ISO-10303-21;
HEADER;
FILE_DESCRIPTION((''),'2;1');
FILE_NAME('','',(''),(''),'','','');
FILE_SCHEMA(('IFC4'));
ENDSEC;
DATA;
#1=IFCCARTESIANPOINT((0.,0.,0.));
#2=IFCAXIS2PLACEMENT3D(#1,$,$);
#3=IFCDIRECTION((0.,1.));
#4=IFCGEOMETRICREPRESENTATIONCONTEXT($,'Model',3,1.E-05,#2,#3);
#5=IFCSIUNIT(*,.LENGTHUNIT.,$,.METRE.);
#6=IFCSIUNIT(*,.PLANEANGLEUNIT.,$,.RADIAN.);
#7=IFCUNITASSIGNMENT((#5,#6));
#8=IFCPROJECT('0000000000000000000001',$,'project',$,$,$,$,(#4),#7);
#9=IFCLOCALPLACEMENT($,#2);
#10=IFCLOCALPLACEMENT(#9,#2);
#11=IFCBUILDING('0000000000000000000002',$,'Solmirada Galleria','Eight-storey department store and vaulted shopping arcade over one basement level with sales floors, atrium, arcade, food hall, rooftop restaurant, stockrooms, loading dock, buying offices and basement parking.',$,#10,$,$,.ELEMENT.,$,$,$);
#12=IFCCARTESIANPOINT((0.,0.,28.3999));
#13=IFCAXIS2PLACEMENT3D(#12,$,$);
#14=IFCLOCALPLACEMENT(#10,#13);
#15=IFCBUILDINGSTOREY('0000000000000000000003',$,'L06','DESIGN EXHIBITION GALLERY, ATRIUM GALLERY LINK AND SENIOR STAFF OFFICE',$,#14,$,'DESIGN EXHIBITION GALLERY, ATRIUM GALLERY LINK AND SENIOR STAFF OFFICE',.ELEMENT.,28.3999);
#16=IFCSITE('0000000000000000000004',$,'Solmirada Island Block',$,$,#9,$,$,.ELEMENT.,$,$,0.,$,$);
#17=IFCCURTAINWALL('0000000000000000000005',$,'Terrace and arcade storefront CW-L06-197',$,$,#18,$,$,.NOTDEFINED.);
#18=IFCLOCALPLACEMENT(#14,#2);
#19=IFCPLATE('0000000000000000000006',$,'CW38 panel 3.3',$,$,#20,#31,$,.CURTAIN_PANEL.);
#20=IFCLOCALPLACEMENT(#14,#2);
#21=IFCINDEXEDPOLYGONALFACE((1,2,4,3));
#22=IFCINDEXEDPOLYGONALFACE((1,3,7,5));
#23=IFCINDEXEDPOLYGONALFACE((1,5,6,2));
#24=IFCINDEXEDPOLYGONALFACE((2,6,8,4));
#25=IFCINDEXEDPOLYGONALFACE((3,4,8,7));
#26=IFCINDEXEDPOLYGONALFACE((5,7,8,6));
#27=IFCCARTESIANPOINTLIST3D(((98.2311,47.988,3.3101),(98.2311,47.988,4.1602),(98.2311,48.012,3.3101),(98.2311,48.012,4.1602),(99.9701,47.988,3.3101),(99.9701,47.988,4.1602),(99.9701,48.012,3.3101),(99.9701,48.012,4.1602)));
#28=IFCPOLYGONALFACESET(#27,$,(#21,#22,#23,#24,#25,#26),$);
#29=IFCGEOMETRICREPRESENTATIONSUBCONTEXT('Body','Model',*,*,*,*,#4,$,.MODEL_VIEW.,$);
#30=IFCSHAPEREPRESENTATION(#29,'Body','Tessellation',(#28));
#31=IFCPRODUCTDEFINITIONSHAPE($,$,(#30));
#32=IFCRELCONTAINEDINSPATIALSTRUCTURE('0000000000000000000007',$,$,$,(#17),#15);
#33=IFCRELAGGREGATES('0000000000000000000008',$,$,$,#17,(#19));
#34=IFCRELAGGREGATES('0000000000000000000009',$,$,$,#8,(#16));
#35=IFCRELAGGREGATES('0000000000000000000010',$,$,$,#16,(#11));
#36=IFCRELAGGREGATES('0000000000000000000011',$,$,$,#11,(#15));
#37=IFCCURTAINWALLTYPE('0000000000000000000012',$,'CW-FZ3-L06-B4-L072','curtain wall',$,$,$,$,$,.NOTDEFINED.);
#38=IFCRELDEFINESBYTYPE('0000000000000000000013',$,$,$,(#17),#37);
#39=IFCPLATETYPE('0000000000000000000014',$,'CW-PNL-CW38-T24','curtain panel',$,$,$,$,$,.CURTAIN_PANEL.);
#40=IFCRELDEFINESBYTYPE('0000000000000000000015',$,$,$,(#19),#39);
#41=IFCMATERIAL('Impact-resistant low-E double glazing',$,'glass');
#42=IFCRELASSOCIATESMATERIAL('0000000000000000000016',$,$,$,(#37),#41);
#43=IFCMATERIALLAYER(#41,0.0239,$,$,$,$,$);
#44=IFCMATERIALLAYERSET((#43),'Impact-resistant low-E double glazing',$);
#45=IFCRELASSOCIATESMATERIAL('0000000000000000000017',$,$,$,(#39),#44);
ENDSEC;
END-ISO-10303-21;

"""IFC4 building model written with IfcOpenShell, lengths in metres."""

from ifc_helpers import new_model, si_unit, direction, frame, origin, origin_2d, place, context, subcontext, project, spatial, rectangle, extrude, material, layer, layer_set, type_object, element, aggregate, save


model = new_model("IFC4")

# Units and contexts
model_context = context("Model", 3, precision=1e-05, world=origin(), true_north=direction((0.0, 1.0)))
body_context = subcontext(model_context, "Body", "Model", "MODEL_VIEW")
ifc_project = project(units=[si_unit("LENGTHUNIT", "METRE"), si_unit("PLANEANGLEUNIT", "RADIAN")], contexts=[model_context])

# Site, building, storey
site_placement = place(None, origin())
site = spatial("IfcSite", under=ifc_project, at=site_placement, Name="Solmirada Island Block", CompositionType="ELEMENT", RefElevation=0.0)
building_placement = place(site_placement, origin())
building = spatial("IfcBuilding", under=site, at=building_placement, Name="Solmirada Galleria", Description="Eight-storey department store and vaulted shopping arcade over one basement level with sales floors, atrium, arcade, food hall, rooftop restaurant, stockrooms, loading dock, buying offices and basement parking.", CompositionType="ELEMENT")
storey_placement = place(building_placement, frame((0.0, 0.0, 28.3999)))
storey = spatial("IfcBuildingStorey", under=building, at=storey_placement, Name="L06", Description="DESIGN EXHIBITION GALLERY, ATRIUM GALLERY LINK AND SENIOR STAFF OFFICE", LongName="DESIGN EXHIBITION GALLERY, ATRIUM GALLERY LINK AND SENIOR STAFF OFFICE", CompositionType="ELEMENT", Elevation=28.3999)

# Shared definitions
ifc_material_1 = material(Name="Impact-resistant low-E double glazing", Category="glass")
curtain_wall_type = type_object("IfcCurtainWallType", Name="CW-FZ3-L06-B4-L072", Description="curtain wall", PredefinedType="NOTDEFINED", material=ifc_material_1)

# Curtain wall
curtain_wall_1_placement = place(storey_placement, origin())
curtain_wall_1 = element("IfcCurtainWall", 1, at=curtain_wall_1_placement, inside=storey, type_object=curtain_wall_type, Name="Terrace and arcade storefront CW-L06-197", PredefinedType="NOTDEFINED")

# Plate
ifc_layer = layer(ifc_material_1, 0.0239)
ifc_layer_set = layer_set([ifc_layer], Name="Impact-resistant low-E double glazing")
plate_type = type_object("IfcPlateType", Name="CW-PNL-CW38-T24", Description="curtain panel", PredefinedType="CURTAIN_PANEL", material=ifc_layer_set)
plate_1_placement = place(storey_placement, frame((99.1006, 48.0, 3.3101), z_axis=(0.0, 0.0, 1.0), x_axis=(-1.0, 0.0, 0.0)))
plate_1 = element("IfcPlate", 2, at=plate_1_placement, type_object=plate_type, Name="CW38 panel 3.3", PredefinedType="CURTAIN_PANEL", context=body_context, shape_type="SweptSolid", body=[
    extrude(rectangle(XDim=1.739, YDim=0.0239, at=origin_2d()), origin(), (0.0, 0.0, 1.0), 0.8501),
])
aggregate(curtain_wall_1, [plate_1])

save(model, "model.ifc")
